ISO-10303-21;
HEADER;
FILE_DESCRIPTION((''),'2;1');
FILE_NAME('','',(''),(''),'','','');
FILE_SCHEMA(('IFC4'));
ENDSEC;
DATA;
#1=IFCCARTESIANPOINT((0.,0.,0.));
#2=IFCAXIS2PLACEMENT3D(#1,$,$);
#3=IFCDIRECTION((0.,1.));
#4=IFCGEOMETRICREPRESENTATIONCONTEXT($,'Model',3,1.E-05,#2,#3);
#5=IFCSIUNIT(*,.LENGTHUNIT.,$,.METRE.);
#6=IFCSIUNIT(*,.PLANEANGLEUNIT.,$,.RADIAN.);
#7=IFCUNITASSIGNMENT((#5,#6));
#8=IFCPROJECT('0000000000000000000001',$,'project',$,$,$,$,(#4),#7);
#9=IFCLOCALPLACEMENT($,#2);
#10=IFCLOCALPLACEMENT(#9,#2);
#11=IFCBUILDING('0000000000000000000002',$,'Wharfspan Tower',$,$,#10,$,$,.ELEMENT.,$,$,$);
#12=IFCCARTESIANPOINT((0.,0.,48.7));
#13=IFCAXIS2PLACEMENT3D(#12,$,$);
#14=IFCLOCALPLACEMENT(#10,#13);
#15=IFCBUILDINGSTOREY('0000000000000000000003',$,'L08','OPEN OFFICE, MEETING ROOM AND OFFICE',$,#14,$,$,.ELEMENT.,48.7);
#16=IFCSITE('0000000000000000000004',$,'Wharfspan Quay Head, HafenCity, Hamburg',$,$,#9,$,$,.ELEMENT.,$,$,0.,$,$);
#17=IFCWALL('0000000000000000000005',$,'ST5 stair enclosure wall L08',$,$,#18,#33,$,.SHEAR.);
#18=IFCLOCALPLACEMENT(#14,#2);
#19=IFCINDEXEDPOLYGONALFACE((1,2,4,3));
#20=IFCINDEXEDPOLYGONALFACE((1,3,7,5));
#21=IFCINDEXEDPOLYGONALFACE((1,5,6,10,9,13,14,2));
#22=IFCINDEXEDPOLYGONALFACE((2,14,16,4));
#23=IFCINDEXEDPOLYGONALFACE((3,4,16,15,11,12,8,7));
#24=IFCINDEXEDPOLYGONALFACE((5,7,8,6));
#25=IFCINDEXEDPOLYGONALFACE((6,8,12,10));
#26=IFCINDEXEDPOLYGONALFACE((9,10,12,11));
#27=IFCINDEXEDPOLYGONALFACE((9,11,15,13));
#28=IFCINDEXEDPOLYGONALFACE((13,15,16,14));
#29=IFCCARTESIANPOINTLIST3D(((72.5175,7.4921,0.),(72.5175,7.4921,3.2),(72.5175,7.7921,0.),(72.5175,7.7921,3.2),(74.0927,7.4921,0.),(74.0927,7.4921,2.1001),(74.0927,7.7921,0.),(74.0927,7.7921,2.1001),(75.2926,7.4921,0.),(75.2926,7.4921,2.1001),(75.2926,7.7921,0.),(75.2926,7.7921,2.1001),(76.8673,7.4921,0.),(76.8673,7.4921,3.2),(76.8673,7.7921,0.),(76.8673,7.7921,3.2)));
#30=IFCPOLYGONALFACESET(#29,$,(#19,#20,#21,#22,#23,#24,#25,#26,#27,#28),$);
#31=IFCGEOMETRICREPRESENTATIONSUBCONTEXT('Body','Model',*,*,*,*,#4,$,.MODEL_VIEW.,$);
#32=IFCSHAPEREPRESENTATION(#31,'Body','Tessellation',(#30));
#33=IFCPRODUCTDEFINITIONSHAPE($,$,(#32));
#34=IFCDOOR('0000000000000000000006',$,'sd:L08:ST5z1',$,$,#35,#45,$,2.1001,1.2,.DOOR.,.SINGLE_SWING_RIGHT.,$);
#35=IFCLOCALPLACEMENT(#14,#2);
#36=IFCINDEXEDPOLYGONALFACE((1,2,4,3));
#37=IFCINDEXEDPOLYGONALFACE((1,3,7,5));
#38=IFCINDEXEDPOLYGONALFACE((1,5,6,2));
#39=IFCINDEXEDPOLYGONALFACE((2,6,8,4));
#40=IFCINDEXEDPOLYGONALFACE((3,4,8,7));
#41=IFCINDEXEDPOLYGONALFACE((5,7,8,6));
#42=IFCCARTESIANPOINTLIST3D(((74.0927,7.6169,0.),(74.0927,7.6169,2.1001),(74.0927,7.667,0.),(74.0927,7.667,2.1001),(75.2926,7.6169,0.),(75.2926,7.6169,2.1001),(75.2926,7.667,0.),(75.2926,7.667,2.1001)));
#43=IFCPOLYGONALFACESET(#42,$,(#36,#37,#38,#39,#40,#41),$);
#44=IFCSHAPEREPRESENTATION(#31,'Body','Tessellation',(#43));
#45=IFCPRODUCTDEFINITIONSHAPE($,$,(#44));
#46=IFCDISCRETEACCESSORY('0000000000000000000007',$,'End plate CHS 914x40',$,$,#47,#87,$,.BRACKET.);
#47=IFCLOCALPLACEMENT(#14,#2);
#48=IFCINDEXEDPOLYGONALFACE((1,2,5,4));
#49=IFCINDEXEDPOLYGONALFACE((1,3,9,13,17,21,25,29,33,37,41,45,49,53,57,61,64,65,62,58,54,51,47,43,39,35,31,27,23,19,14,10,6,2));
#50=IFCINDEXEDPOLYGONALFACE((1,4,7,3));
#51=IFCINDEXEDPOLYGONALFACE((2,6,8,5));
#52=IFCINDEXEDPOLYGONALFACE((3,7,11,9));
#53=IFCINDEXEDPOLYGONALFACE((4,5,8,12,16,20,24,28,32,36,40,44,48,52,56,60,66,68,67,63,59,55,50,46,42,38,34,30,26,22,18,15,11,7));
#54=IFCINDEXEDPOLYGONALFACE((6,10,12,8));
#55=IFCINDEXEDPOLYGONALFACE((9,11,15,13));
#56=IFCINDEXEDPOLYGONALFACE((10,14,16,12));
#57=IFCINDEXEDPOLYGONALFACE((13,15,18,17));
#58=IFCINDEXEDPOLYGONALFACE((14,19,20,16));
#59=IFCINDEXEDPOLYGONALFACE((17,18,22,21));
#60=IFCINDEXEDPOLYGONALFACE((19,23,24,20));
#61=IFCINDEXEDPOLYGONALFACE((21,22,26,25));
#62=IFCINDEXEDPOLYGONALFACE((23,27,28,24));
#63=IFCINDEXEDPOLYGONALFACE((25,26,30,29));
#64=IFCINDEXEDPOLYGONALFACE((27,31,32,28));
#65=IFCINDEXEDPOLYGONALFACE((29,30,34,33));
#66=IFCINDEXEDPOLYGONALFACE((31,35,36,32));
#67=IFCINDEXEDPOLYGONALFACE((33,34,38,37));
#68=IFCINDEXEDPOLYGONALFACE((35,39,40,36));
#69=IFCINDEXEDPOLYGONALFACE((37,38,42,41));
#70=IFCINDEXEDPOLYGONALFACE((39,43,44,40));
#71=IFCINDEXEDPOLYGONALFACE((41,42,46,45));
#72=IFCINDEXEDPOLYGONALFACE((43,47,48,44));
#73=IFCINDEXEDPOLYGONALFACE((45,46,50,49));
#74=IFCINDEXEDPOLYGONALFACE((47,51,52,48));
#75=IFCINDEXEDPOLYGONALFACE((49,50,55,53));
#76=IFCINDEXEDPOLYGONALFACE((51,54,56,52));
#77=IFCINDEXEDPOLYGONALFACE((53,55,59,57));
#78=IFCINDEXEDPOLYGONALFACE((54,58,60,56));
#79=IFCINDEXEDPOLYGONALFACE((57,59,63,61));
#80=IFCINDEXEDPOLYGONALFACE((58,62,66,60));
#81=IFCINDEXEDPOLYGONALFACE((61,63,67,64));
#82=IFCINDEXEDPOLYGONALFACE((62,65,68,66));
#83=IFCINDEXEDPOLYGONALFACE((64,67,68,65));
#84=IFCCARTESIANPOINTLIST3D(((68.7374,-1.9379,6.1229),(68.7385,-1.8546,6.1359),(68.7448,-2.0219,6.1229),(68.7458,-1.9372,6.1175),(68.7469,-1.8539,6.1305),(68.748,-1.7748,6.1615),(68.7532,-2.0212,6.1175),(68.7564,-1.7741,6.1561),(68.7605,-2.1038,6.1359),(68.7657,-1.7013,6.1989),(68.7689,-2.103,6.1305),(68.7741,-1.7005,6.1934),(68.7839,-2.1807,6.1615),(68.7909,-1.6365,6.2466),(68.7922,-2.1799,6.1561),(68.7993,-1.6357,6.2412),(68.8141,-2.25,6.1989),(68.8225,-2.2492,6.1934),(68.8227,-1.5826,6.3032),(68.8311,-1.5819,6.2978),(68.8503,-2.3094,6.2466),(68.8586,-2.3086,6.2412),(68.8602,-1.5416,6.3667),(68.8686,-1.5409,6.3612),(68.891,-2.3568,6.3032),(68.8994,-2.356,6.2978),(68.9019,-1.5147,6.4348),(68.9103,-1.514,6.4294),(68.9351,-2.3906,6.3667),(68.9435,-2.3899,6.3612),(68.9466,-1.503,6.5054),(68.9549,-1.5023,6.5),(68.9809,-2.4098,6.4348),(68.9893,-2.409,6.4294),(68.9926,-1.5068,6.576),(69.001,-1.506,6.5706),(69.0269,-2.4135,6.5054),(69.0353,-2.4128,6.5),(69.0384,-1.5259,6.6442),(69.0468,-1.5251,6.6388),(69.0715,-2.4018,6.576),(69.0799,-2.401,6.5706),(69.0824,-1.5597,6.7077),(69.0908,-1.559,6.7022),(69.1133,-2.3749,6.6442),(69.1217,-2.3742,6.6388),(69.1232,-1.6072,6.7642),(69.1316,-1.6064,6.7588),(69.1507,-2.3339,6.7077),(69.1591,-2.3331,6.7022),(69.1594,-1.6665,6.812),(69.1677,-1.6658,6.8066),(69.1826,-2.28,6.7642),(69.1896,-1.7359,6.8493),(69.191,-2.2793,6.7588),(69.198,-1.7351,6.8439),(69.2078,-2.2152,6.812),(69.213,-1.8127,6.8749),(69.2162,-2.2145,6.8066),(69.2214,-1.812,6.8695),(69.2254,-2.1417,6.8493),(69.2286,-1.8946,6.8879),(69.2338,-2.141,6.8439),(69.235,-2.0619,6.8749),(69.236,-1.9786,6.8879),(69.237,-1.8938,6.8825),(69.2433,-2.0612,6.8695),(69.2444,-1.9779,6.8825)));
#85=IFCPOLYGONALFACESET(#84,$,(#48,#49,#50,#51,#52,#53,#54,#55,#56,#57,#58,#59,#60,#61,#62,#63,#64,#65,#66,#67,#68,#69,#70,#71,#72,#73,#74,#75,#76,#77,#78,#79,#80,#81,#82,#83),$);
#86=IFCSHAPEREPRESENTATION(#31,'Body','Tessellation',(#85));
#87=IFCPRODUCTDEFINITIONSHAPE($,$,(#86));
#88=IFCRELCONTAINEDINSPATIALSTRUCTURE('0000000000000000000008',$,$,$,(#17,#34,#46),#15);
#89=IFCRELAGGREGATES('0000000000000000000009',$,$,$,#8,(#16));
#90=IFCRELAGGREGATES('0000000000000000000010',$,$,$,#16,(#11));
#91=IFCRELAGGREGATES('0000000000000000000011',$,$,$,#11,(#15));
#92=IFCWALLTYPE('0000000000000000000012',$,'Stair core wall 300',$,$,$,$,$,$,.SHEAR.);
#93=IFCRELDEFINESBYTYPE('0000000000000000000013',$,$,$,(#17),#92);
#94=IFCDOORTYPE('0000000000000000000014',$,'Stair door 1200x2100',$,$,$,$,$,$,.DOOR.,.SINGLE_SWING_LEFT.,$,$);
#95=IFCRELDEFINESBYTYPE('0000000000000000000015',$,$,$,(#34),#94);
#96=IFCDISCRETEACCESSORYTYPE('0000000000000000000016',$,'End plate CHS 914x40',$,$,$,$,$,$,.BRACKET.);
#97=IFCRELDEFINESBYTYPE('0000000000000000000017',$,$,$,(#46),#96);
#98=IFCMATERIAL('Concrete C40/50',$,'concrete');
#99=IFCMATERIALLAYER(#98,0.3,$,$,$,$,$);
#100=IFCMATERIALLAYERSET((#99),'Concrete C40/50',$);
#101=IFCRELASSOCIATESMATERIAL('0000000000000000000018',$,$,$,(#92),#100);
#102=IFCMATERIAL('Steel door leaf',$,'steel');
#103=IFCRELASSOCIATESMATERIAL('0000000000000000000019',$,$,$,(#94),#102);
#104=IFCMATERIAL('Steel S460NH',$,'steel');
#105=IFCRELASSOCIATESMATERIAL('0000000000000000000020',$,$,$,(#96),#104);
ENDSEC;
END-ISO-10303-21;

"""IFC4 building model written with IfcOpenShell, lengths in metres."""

from ifc_helpers import new_model, si_unit, direction, frame, frame_2d, origin, origin_2d, place, context, subcontext, project, spatial, rectangle, circle, extrude, material, layer, layer_set, material_profile, profile_set, type_object, element, fill, save


model = new_model("IFC4")

# Units and contexts
model_context = context("Model", 3, precision=1e-05, world=origin(), true_north=direction((0.0, 1.0)))
body_context = subcontext(model_context, "Body", "Model", "MODEL_VIEW")
ifc_project = project(units=[si_unit("LENGTHUNIT", "METRE"), si_unit("PLANEANGLEUNIT", "RADIAN")], contexts=[model_context])

# Site, building, storey
site_placement = place(None, origin())
site = spatial("IfcSite", under=ifc_project, at=site_placement, Name="Wharfspan Quay Head, HafenCity, Hamburg", CompositionType="ELEMENT", RefElevation=0.0)
building_placement = place(site_placement, origin())
building = spatial("IfcBuilding", under=site, at=building_placement, Name="Wharfspan Tower", CompositionType="ELEMENT")
storey_placement = place(building_placement, frame((0.0, 0.0, 48.7)))
storey = spatial("IfcBuildingStorey", under=building, at=storey_placement, Name="L08", Description="OPEN OFFICE, MEETING ROOM AND OFFICE", CompositionType="ELEMENT", Elevation=48.7)

# Wall, opening, door
ifc_material_1 = material(Name="Concrete C40/50", Category="concrete")
ifc_layer_1 = layer(ifc_material_1, 0.3)
ifc_layer_set_1 = layer_set([ifc_layer_1], Name="Concrete C40/50")
wall_type_1 = type_object("IfcWallType", Name="Stair core wall 300", PredefinedType="SHEAR", material=ifc_layer_set_1)
wall_1_placement = place(storey_placement, frame((72.5176, 7.6421, 0.0), z_axis=(0.0, 0.0, 1.0), x_axis=(1.0, 0.0, 0.0)))
wall_1 = element("IfcWall", 1, at=wall_1_placement, inside=storey, type_object=wall_type_1, Name="ST5 stair enclosure wall L08", PredefinedType="SHEAR", context=body_context, shape_type="SweptSolid", body=[
    extrude(rectangle(XDim=4.3499, YDim=0.3, at=frame_2d((2.1748, 0.0))), origin(), (0.0, 0.0, 1.0), 3.2),
])
opening_1_placement = place(wall_1_placement, frame((1.575, 0.0, 0.0)))
opening_1 = element("IfcOpeningElement", 2, at=opening_1_placement, cuts=wall_1, PredefinedType="OPENING", context=body_context, shape_type="SweptSolid", body=[
    extrude(rectangle(XDim=1.2, YDim=2.1001, at=frame_2d((0.6001, 1.05))), frame((0.0, 0.1599, 0.0), z_axis=(0.0, -1.0, 0.0), x_axis=(1.0, 0.0, 0.0)), (0.0, 0.0, 1.0), 0.3201),
])
ifc_material_2 = material(Name="Steel door leaf", Category="steel")
door_type_1 = type_object("IfcDoorType", Name="Stair door 1200x2100", OperationType="SINGLE_SWING_LEFT", PredefinedType="DOOR", material=ifc_material_2)
door_1_placement = place(opening_1_placement, origin())
door_1 = element("IfcDoor", 3, at=door_1_placement, inside=storey, type_object=door_type_1, Name="sd:L08:ST5z1", OperationType="SINGLE_SWING_RIGHT", OverallHeight=2.1001, OverallWidth=1.2, PredefinedType="DOOR", context=body_context, shape_type="SweptSolid", body=[
    extrude(rectangle(XDim=1.2, YDim=2.1001, at=frame_2d((0.6001, 1.05))), frame((0.0, 0.0249, 0.0), z_axis=(0.0, -1.0, 0.0), x_axis=(1.0, 0.0, 0.0)), (0.0, 0.0, 1.0), 0.05),
])
fill(opening_1, door_1)

# Discrete accessory
ifc_material_3 = material(Name="Steel S460NH", Category="steel")
ifc_material_profile_1 = material_profile(ifc_material_3, circle(Radius=0.457, at=origin_2d()))
ifc_profile_set_1 = profile_set([ifc_material_profile_1], Name="Steel S460NH")
discrete_accessory_type = type_object("IfcDiscreteAccessoryType", Name="End plate CHS 914x40", PredefinedType="BRACKET", material=ifc_profile_set_1)
discrete_accessory_placement = place(storey_placement, frame((68.9951, -1.9575, 6.5), z_axis=(-0.837276, -0.073877, 0.541767), x_axis=(0.087893, -0.996132, -0.000001)))
element("IfcDiscreteAccessory", 4, at=discrete_accessory_placement, inside=storey, type_object=discrete_accessory_type, Name="End plate CHS 914x40", PredefinedType="BRACKET", context=body_context, shape_type="SweptSolid", body=[
    extrude(circle(Radius=0.457, at=origin_2d()), origin(), (0.0, 0.0, 1.0), 0.01),
])

save(model, "model.ifc")
